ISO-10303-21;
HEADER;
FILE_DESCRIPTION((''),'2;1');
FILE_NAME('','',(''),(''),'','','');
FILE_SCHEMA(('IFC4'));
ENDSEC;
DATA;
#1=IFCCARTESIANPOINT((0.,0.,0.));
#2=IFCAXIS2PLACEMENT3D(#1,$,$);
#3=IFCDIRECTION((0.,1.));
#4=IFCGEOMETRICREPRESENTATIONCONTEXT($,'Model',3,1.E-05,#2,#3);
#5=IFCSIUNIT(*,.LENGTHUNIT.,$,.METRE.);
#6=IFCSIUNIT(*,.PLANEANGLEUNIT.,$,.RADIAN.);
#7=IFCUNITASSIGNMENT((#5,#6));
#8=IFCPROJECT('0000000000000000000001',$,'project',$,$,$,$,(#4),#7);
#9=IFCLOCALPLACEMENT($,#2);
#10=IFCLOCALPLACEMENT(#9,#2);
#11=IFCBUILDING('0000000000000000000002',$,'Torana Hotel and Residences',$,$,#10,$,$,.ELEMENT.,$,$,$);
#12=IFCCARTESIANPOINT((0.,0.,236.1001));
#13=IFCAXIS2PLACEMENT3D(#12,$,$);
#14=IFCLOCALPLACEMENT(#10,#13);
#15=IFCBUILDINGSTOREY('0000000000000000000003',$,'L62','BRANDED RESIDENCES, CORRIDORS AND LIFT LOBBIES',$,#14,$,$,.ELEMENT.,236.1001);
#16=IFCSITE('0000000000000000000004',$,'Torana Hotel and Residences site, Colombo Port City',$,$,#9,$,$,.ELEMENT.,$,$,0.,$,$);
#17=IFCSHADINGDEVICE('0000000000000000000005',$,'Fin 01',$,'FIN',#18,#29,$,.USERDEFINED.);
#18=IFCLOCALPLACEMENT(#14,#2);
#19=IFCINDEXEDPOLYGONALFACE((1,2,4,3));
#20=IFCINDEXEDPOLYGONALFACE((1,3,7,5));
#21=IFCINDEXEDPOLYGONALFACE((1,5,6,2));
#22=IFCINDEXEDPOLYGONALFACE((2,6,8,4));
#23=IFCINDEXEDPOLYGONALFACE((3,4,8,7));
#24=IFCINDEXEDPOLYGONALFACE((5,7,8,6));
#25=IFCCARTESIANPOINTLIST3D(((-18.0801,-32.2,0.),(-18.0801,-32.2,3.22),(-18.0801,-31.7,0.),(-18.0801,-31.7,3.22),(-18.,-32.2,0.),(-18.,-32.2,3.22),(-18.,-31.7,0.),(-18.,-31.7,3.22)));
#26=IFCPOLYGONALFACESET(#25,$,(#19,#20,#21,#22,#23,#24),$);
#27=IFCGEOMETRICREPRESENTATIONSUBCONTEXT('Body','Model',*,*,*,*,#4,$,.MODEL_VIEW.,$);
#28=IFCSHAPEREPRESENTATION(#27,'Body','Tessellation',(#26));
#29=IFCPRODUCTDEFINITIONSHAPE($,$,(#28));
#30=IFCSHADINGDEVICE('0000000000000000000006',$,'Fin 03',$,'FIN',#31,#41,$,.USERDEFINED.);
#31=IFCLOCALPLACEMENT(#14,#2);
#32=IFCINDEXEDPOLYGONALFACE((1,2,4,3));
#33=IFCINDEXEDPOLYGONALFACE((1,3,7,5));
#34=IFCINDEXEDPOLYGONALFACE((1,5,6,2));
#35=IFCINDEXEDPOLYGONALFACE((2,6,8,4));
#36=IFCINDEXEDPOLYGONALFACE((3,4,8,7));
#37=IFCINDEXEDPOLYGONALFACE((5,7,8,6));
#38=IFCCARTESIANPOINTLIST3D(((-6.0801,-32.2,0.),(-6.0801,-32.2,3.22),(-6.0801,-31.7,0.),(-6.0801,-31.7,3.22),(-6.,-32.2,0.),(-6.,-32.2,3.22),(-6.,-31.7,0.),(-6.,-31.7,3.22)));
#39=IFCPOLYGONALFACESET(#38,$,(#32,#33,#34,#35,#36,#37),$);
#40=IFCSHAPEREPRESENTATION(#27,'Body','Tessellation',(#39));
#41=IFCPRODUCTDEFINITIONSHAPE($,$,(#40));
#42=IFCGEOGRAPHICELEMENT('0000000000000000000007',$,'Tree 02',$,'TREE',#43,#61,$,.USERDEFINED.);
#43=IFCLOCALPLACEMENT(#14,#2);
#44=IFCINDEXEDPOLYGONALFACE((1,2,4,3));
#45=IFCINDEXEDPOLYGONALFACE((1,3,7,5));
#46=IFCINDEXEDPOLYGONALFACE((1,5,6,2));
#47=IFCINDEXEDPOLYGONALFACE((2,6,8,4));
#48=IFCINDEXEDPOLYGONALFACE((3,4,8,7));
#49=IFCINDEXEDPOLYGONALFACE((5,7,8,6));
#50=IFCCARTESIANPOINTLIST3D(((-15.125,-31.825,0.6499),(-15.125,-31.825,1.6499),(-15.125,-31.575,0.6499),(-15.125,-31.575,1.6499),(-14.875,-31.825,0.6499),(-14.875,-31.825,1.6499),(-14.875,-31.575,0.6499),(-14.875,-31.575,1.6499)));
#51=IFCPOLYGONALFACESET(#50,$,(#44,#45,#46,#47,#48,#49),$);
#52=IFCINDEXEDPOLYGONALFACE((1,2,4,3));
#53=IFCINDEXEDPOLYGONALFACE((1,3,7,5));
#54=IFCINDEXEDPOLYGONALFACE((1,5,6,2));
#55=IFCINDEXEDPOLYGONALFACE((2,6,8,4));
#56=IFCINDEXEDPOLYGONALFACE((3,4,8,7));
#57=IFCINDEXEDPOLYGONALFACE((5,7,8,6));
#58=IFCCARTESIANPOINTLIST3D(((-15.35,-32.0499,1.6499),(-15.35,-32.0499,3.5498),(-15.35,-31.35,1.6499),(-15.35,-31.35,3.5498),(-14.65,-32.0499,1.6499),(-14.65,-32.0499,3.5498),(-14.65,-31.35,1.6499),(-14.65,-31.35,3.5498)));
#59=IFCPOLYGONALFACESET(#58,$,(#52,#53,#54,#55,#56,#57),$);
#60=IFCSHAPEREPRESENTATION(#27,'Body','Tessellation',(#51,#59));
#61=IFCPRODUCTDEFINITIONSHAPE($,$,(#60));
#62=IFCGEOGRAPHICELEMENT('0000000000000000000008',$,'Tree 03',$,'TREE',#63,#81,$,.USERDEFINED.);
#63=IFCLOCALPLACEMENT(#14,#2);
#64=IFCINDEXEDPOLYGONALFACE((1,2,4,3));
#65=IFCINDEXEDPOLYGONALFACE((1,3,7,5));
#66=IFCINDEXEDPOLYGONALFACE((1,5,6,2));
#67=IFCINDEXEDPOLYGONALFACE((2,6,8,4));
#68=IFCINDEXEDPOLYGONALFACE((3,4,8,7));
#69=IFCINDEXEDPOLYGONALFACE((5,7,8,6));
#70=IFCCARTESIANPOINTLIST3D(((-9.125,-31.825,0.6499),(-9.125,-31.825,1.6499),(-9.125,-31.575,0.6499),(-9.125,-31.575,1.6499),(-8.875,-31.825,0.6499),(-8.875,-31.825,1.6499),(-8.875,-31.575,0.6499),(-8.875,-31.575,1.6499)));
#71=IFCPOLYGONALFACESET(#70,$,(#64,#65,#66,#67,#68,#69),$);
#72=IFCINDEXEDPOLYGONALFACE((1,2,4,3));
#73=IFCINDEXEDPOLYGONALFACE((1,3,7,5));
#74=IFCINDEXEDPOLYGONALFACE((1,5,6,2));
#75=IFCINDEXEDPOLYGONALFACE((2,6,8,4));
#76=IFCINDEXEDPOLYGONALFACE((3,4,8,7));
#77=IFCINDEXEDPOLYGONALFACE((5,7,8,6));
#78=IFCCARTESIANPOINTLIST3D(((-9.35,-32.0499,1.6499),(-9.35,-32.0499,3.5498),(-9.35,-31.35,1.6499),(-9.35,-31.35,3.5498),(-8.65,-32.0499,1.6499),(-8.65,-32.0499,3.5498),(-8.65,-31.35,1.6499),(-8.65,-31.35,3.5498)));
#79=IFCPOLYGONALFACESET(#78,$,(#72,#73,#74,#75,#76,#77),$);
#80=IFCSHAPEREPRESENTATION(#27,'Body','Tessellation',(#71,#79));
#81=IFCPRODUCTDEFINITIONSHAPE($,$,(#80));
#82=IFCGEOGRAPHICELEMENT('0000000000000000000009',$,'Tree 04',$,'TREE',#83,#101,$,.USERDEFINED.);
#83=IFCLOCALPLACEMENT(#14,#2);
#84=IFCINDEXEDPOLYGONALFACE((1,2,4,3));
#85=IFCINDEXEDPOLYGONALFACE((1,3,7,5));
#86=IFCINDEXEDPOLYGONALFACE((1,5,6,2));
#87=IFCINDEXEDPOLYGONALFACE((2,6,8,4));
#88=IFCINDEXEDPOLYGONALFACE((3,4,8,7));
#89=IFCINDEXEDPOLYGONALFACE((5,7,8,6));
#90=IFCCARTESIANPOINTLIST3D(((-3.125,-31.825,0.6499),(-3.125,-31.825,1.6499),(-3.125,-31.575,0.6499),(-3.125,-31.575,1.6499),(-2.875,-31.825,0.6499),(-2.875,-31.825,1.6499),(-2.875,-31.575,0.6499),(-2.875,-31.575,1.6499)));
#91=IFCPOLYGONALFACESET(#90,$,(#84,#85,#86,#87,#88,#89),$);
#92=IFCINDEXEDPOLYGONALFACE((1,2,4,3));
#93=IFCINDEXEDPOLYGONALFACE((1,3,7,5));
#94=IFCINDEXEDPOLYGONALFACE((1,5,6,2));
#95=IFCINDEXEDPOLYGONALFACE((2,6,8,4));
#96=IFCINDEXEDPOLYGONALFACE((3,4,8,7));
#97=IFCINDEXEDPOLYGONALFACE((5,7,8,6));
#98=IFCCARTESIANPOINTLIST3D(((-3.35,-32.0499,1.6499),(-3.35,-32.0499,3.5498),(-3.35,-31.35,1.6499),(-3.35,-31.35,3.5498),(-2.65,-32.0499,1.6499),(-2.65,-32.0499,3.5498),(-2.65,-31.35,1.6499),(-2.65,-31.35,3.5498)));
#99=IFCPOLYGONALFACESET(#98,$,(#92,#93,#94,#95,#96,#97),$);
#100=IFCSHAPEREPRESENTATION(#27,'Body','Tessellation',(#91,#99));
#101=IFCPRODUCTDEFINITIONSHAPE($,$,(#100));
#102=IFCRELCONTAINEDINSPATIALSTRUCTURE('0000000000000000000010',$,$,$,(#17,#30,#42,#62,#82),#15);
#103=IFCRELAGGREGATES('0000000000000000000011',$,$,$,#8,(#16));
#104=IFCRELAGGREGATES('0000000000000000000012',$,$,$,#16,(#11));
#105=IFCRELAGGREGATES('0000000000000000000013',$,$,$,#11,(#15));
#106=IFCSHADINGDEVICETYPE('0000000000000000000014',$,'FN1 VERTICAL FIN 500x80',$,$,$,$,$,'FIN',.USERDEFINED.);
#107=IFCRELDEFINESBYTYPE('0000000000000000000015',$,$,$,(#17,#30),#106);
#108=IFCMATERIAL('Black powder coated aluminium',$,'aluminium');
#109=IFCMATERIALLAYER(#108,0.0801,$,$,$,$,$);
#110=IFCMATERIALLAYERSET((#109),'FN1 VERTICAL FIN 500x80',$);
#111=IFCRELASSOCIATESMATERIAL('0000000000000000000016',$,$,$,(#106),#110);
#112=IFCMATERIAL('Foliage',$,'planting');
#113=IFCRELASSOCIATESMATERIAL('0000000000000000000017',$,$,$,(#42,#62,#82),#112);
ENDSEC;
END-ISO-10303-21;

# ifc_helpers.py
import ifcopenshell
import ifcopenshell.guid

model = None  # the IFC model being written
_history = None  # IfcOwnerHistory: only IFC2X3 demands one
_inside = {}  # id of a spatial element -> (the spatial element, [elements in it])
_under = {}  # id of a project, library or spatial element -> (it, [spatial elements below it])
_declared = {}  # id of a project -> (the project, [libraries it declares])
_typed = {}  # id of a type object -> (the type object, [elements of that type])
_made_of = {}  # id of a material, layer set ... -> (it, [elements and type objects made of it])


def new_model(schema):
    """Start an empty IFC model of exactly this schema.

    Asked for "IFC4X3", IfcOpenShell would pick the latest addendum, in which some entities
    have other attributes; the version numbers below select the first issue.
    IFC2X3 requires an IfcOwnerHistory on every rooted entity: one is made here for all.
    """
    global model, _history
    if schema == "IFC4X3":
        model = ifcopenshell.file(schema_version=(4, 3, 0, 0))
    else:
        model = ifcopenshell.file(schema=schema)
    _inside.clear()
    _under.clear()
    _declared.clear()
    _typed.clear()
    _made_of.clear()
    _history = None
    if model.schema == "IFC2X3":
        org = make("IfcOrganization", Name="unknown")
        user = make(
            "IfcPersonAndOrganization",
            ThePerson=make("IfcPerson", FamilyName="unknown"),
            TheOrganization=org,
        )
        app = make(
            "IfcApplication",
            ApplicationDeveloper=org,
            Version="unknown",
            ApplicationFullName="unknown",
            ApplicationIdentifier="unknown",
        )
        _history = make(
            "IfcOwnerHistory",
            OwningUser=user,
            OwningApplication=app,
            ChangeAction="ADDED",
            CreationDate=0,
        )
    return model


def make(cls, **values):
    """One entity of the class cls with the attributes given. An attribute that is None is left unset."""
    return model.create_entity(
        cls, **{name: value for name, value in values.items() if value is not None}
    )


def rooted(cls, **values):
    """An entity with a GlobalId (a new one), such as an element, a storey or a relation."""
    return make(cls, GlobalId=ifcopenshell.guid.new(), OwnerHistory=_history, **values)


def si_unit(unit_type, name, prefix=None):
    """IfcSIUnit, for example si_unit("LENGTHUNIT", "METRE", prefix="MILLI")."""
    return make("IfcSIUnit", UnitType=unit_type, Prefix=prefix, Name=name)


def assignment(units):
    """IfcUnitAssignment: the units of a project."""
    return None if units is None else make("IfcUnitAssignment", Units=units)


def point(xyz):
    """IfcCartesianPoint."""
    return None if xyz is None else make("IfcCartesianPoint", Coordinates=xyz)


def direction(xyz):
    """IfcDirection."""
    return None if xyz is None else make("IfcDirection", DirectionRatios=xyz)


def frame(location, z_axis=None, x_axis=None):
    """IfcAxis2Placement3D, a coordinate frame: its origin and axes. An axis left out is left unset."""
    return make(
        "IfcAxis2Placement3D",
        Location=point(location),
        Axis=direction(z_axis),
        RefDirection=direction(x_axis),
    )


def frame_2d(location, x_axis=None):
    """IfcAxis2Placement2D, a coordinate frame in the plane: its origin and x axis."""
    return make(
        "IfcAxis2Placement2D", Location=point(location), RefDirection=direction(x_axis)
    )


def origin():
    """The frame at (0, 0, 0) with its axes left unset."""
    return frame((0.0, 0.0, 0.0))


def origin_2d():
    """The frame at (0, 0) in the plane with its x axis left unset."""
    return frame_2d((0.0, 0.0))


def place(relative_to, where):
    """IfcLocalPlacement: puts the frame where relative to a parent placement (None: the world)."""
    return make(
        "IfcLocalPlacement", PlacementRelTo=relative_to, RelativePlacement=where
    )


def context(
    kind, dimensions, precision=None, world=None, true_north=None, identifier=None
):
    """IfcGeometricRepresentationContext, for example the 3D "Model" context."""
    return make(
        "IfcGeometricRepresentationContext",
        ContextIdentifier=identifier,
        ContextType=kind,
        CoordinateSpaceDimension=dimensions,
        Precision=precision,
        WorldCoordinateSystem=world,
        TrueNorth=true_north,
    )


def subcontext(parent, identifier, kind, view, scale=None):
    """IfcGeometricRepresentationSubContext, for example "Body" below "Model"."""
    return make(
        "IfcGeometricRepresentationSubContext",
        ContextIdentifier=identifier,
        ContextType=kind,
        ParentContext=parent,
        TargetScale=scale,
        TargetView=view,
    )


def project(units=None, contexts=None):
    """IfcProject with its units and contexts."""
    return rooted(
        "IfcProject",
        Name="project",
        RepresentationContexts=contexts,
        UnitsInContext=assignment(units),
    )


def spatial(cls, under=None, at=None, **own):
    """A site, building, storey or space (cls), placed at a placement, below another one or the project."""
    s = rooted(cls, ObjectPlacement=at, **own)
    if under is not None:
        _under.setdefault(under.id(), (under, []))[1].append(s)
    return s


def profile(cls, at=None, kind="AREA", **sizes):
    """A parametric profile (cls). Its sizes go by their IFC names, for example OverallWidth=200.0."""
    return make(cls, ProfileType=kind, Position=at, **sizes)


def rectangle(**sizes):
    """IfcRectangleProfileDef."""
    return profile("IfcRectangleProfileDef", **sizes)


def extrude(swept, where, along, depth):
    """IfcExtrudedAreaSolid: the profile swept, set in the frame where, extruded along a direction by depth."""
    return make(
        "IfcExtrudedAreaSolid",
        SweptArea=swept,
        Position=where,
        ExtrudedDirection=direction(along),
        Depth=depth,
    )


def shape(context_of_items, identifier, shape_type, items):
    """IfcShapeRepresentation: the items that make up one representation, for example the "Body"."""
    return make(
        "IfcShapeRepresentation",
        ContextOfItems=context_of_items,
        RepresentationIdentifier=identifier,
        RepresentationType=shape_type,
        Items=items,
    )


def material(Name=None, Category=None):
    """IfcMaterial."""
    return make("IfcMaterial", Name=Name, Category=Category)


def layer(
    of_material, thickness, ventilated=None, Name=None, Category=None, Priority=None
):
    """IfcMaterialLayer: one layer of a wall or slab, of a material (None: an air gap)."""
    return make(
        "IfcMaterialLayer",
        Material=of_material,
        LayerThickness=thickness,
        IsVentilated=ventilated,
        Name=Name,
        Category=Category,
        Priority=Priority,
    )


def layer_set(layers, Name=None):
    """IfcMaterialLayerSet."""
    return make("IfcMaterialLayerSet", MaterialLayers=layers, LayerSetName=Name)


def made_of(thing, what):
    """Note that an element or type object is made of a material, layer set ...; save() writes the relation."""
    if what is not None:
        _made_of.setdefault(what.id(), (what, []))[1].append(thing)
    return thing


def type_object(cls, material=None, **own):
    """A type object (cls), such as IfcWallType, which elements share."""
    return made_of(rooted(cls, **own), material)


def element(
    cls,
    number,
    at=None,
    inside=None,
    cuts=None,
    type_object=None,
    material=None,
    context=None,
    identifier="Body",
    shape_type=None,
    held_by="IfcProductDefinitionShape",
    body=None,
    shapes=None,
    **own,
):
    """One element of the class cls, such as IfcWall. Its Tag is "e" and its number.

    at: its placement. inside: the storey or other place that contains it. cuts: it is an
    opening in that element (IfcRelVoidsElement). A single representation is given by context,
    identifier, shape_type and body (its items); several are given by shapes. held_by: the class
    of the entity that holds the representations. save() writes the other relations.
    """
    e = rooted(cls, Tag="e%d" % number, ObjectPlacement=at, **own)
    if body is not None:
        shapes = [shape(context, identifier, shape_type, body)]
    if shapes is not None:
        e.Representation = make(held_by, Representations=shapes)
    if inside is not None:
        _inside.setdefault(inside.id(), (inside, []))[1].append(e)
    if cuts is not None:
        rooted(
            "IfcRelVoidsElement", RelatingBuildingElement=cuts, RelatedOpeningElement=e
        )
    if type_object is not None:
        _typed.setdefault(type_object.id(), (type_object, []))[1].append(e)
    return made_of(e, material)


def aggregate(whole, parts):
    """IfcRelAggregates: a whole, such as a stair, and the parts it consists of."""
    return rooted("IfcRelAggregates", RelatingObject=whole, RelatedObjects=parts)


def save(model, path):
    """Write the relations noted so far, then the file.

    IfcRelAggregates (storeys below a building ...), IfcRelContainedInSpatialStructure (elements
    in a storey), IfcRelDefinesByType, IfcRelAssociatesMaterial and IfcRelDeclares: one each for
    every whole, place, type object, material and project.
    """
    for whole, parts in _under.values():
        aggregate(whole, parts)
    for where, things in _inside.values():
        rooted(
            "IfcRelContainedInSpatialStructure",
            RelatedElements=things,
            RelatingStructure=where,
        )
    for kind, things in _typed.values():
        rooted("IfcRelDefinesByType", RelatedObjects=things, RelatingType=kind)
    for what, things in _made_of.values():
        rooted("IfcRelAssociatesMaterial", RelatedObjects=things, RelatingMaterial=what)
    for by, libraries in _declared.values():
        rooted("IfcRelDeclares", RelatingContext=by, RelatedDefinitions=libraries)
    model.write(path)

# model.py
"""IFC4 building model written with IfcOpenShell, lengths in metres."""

from ifc_helpers import new_model, si_unit, direction, frame, origin, origin_2d, place, context, subcontext, project, spatial, rectangle, extrude, material, layer, layer_set, type_object, element, save


model = new_model("IFC4")

# Units and contexts
model_context = context("Model", 3, precision=1e-05, world=origin(), true_north=direction((0.0, 1.0)))
body_context = subcontext(model_context, "Body", "Model", "MODEL_VIEW")
ifc_project = project(units=[si_unit("LENGTHUNIT", "METRE"), si_unit("PLANEANGLEUNIT", "RADIAN")], contexts=[model_context])

# Site, building, storey
site_placement = place(None, origin())
site = spatial("IfcSite", under=ifc_project, at=site_placement, Name="Torana Hotel and Residences site, Colombo Port City", CompositionType="ELEMENT", RefElevation=0.0)
building_placement = place(site_placement, origin())
building = spatial("IfcBuilding", under=site, at=building_placement, Name="Torana Hotel and Residences", CompositionType="ELEMENT")
storey_placement = place(building_placement, frame((0.0, 0.0, 236.1001)))
storey = spatial("IfcBuildingStorey", under=building, at=storey_placement, Name="L62", Description="BRANDED RESIDENCES, CORRIDORS AND LIFT LOBBIES", CompositionType="ELEMENT", Elevation=236.1001)

# Shading devices
ifc_material_1 = material(Name="Black powder coated aluminium", Category="aluminium")
ifc_layer_1 = layer(ifc_material_1, 0.0801)
ifc_layer_set_1 = layer_set([ifc_layer_1], Name="FN1 VERTICAL FIN 500x80")
shading_device_type = type_object("IfcShadingDeviceType", Name="FN1 VERTICAL FIN 500x80", ElementType="FIN", PredefinedType="USERDEFINED", material=ifc_layer_set_1)
for number, where, z_axis, x_axis, name in (
    (1, (-18.04, -31.95, 0.0), (0.0, 0.0, 1.0), (-1.0, 0.0, 0.0), "Fin 01"),
    (2, (-6.04, -31.95, 0.0), (0.0, 0.0, 1.0), (-1.0, 0.0, 0.0), "Fin 03"),
):
    element("IfcShadingDevice", number, at=place(storey_placement, frame(where, z_axis=z_axis, x_axis=x_axis)), inside=storey, type_object=shading_device_type, Name=name, ObjectType="FIN", PredefinedType="USERDEFINED", context=body_context, shape_type="SweptSolid", body=[
        extrude(rectangle(XDim=0.0801, YDim=0.5, at=origin_2d()), origin(), (0.0, 0.0, 1.0), 3.22),
    ])

# Geographic elements
ifc_material_2 = material(Name="Foliage", Category="planting")
for number, where, z_axis, x_axis, name in (
    (3, (-15.0, -31.7, 0.6499), (0.0, 0.0, 1.0), (1.0, 0.0, 0.0), "Tree 02"),
    (4, (-9.0, -31.7, 0.6499), (0.0, 0.0, 1.0), (1.0, 0.0, 0.0), "Tree 03"),
    (5, (-3.0, -31.7, 0.6499), (0.0, 0.0, 1.0), (1.0, 0.0, 0.0), "Tree 04"),
):
    element("IfcGeographicElement", number, at=place(storey_placement, frame(where, z_axis=z_axis, x_axis=x_axis)), inside=storey, material=ifc_material_2, Name=name, ObjectType="TREE", PredefinedType="USERDEFINED", context=body_context, shape_type="SweptSolid", body=[
        extrude(rectangle(XDim=0.25, YDim=0.25, at=origin_2d()), origin(), (0.0, 0.0, 1.0), 1.0),
        extrude(rectangle(XDim=0.7, YDim=0.7, at=origin_2d()), frame((0.0, 0.0, 1.0)), (0.0, 0.0, 1.0), 1.8999),
    ])

save(model, "model.ifc")
